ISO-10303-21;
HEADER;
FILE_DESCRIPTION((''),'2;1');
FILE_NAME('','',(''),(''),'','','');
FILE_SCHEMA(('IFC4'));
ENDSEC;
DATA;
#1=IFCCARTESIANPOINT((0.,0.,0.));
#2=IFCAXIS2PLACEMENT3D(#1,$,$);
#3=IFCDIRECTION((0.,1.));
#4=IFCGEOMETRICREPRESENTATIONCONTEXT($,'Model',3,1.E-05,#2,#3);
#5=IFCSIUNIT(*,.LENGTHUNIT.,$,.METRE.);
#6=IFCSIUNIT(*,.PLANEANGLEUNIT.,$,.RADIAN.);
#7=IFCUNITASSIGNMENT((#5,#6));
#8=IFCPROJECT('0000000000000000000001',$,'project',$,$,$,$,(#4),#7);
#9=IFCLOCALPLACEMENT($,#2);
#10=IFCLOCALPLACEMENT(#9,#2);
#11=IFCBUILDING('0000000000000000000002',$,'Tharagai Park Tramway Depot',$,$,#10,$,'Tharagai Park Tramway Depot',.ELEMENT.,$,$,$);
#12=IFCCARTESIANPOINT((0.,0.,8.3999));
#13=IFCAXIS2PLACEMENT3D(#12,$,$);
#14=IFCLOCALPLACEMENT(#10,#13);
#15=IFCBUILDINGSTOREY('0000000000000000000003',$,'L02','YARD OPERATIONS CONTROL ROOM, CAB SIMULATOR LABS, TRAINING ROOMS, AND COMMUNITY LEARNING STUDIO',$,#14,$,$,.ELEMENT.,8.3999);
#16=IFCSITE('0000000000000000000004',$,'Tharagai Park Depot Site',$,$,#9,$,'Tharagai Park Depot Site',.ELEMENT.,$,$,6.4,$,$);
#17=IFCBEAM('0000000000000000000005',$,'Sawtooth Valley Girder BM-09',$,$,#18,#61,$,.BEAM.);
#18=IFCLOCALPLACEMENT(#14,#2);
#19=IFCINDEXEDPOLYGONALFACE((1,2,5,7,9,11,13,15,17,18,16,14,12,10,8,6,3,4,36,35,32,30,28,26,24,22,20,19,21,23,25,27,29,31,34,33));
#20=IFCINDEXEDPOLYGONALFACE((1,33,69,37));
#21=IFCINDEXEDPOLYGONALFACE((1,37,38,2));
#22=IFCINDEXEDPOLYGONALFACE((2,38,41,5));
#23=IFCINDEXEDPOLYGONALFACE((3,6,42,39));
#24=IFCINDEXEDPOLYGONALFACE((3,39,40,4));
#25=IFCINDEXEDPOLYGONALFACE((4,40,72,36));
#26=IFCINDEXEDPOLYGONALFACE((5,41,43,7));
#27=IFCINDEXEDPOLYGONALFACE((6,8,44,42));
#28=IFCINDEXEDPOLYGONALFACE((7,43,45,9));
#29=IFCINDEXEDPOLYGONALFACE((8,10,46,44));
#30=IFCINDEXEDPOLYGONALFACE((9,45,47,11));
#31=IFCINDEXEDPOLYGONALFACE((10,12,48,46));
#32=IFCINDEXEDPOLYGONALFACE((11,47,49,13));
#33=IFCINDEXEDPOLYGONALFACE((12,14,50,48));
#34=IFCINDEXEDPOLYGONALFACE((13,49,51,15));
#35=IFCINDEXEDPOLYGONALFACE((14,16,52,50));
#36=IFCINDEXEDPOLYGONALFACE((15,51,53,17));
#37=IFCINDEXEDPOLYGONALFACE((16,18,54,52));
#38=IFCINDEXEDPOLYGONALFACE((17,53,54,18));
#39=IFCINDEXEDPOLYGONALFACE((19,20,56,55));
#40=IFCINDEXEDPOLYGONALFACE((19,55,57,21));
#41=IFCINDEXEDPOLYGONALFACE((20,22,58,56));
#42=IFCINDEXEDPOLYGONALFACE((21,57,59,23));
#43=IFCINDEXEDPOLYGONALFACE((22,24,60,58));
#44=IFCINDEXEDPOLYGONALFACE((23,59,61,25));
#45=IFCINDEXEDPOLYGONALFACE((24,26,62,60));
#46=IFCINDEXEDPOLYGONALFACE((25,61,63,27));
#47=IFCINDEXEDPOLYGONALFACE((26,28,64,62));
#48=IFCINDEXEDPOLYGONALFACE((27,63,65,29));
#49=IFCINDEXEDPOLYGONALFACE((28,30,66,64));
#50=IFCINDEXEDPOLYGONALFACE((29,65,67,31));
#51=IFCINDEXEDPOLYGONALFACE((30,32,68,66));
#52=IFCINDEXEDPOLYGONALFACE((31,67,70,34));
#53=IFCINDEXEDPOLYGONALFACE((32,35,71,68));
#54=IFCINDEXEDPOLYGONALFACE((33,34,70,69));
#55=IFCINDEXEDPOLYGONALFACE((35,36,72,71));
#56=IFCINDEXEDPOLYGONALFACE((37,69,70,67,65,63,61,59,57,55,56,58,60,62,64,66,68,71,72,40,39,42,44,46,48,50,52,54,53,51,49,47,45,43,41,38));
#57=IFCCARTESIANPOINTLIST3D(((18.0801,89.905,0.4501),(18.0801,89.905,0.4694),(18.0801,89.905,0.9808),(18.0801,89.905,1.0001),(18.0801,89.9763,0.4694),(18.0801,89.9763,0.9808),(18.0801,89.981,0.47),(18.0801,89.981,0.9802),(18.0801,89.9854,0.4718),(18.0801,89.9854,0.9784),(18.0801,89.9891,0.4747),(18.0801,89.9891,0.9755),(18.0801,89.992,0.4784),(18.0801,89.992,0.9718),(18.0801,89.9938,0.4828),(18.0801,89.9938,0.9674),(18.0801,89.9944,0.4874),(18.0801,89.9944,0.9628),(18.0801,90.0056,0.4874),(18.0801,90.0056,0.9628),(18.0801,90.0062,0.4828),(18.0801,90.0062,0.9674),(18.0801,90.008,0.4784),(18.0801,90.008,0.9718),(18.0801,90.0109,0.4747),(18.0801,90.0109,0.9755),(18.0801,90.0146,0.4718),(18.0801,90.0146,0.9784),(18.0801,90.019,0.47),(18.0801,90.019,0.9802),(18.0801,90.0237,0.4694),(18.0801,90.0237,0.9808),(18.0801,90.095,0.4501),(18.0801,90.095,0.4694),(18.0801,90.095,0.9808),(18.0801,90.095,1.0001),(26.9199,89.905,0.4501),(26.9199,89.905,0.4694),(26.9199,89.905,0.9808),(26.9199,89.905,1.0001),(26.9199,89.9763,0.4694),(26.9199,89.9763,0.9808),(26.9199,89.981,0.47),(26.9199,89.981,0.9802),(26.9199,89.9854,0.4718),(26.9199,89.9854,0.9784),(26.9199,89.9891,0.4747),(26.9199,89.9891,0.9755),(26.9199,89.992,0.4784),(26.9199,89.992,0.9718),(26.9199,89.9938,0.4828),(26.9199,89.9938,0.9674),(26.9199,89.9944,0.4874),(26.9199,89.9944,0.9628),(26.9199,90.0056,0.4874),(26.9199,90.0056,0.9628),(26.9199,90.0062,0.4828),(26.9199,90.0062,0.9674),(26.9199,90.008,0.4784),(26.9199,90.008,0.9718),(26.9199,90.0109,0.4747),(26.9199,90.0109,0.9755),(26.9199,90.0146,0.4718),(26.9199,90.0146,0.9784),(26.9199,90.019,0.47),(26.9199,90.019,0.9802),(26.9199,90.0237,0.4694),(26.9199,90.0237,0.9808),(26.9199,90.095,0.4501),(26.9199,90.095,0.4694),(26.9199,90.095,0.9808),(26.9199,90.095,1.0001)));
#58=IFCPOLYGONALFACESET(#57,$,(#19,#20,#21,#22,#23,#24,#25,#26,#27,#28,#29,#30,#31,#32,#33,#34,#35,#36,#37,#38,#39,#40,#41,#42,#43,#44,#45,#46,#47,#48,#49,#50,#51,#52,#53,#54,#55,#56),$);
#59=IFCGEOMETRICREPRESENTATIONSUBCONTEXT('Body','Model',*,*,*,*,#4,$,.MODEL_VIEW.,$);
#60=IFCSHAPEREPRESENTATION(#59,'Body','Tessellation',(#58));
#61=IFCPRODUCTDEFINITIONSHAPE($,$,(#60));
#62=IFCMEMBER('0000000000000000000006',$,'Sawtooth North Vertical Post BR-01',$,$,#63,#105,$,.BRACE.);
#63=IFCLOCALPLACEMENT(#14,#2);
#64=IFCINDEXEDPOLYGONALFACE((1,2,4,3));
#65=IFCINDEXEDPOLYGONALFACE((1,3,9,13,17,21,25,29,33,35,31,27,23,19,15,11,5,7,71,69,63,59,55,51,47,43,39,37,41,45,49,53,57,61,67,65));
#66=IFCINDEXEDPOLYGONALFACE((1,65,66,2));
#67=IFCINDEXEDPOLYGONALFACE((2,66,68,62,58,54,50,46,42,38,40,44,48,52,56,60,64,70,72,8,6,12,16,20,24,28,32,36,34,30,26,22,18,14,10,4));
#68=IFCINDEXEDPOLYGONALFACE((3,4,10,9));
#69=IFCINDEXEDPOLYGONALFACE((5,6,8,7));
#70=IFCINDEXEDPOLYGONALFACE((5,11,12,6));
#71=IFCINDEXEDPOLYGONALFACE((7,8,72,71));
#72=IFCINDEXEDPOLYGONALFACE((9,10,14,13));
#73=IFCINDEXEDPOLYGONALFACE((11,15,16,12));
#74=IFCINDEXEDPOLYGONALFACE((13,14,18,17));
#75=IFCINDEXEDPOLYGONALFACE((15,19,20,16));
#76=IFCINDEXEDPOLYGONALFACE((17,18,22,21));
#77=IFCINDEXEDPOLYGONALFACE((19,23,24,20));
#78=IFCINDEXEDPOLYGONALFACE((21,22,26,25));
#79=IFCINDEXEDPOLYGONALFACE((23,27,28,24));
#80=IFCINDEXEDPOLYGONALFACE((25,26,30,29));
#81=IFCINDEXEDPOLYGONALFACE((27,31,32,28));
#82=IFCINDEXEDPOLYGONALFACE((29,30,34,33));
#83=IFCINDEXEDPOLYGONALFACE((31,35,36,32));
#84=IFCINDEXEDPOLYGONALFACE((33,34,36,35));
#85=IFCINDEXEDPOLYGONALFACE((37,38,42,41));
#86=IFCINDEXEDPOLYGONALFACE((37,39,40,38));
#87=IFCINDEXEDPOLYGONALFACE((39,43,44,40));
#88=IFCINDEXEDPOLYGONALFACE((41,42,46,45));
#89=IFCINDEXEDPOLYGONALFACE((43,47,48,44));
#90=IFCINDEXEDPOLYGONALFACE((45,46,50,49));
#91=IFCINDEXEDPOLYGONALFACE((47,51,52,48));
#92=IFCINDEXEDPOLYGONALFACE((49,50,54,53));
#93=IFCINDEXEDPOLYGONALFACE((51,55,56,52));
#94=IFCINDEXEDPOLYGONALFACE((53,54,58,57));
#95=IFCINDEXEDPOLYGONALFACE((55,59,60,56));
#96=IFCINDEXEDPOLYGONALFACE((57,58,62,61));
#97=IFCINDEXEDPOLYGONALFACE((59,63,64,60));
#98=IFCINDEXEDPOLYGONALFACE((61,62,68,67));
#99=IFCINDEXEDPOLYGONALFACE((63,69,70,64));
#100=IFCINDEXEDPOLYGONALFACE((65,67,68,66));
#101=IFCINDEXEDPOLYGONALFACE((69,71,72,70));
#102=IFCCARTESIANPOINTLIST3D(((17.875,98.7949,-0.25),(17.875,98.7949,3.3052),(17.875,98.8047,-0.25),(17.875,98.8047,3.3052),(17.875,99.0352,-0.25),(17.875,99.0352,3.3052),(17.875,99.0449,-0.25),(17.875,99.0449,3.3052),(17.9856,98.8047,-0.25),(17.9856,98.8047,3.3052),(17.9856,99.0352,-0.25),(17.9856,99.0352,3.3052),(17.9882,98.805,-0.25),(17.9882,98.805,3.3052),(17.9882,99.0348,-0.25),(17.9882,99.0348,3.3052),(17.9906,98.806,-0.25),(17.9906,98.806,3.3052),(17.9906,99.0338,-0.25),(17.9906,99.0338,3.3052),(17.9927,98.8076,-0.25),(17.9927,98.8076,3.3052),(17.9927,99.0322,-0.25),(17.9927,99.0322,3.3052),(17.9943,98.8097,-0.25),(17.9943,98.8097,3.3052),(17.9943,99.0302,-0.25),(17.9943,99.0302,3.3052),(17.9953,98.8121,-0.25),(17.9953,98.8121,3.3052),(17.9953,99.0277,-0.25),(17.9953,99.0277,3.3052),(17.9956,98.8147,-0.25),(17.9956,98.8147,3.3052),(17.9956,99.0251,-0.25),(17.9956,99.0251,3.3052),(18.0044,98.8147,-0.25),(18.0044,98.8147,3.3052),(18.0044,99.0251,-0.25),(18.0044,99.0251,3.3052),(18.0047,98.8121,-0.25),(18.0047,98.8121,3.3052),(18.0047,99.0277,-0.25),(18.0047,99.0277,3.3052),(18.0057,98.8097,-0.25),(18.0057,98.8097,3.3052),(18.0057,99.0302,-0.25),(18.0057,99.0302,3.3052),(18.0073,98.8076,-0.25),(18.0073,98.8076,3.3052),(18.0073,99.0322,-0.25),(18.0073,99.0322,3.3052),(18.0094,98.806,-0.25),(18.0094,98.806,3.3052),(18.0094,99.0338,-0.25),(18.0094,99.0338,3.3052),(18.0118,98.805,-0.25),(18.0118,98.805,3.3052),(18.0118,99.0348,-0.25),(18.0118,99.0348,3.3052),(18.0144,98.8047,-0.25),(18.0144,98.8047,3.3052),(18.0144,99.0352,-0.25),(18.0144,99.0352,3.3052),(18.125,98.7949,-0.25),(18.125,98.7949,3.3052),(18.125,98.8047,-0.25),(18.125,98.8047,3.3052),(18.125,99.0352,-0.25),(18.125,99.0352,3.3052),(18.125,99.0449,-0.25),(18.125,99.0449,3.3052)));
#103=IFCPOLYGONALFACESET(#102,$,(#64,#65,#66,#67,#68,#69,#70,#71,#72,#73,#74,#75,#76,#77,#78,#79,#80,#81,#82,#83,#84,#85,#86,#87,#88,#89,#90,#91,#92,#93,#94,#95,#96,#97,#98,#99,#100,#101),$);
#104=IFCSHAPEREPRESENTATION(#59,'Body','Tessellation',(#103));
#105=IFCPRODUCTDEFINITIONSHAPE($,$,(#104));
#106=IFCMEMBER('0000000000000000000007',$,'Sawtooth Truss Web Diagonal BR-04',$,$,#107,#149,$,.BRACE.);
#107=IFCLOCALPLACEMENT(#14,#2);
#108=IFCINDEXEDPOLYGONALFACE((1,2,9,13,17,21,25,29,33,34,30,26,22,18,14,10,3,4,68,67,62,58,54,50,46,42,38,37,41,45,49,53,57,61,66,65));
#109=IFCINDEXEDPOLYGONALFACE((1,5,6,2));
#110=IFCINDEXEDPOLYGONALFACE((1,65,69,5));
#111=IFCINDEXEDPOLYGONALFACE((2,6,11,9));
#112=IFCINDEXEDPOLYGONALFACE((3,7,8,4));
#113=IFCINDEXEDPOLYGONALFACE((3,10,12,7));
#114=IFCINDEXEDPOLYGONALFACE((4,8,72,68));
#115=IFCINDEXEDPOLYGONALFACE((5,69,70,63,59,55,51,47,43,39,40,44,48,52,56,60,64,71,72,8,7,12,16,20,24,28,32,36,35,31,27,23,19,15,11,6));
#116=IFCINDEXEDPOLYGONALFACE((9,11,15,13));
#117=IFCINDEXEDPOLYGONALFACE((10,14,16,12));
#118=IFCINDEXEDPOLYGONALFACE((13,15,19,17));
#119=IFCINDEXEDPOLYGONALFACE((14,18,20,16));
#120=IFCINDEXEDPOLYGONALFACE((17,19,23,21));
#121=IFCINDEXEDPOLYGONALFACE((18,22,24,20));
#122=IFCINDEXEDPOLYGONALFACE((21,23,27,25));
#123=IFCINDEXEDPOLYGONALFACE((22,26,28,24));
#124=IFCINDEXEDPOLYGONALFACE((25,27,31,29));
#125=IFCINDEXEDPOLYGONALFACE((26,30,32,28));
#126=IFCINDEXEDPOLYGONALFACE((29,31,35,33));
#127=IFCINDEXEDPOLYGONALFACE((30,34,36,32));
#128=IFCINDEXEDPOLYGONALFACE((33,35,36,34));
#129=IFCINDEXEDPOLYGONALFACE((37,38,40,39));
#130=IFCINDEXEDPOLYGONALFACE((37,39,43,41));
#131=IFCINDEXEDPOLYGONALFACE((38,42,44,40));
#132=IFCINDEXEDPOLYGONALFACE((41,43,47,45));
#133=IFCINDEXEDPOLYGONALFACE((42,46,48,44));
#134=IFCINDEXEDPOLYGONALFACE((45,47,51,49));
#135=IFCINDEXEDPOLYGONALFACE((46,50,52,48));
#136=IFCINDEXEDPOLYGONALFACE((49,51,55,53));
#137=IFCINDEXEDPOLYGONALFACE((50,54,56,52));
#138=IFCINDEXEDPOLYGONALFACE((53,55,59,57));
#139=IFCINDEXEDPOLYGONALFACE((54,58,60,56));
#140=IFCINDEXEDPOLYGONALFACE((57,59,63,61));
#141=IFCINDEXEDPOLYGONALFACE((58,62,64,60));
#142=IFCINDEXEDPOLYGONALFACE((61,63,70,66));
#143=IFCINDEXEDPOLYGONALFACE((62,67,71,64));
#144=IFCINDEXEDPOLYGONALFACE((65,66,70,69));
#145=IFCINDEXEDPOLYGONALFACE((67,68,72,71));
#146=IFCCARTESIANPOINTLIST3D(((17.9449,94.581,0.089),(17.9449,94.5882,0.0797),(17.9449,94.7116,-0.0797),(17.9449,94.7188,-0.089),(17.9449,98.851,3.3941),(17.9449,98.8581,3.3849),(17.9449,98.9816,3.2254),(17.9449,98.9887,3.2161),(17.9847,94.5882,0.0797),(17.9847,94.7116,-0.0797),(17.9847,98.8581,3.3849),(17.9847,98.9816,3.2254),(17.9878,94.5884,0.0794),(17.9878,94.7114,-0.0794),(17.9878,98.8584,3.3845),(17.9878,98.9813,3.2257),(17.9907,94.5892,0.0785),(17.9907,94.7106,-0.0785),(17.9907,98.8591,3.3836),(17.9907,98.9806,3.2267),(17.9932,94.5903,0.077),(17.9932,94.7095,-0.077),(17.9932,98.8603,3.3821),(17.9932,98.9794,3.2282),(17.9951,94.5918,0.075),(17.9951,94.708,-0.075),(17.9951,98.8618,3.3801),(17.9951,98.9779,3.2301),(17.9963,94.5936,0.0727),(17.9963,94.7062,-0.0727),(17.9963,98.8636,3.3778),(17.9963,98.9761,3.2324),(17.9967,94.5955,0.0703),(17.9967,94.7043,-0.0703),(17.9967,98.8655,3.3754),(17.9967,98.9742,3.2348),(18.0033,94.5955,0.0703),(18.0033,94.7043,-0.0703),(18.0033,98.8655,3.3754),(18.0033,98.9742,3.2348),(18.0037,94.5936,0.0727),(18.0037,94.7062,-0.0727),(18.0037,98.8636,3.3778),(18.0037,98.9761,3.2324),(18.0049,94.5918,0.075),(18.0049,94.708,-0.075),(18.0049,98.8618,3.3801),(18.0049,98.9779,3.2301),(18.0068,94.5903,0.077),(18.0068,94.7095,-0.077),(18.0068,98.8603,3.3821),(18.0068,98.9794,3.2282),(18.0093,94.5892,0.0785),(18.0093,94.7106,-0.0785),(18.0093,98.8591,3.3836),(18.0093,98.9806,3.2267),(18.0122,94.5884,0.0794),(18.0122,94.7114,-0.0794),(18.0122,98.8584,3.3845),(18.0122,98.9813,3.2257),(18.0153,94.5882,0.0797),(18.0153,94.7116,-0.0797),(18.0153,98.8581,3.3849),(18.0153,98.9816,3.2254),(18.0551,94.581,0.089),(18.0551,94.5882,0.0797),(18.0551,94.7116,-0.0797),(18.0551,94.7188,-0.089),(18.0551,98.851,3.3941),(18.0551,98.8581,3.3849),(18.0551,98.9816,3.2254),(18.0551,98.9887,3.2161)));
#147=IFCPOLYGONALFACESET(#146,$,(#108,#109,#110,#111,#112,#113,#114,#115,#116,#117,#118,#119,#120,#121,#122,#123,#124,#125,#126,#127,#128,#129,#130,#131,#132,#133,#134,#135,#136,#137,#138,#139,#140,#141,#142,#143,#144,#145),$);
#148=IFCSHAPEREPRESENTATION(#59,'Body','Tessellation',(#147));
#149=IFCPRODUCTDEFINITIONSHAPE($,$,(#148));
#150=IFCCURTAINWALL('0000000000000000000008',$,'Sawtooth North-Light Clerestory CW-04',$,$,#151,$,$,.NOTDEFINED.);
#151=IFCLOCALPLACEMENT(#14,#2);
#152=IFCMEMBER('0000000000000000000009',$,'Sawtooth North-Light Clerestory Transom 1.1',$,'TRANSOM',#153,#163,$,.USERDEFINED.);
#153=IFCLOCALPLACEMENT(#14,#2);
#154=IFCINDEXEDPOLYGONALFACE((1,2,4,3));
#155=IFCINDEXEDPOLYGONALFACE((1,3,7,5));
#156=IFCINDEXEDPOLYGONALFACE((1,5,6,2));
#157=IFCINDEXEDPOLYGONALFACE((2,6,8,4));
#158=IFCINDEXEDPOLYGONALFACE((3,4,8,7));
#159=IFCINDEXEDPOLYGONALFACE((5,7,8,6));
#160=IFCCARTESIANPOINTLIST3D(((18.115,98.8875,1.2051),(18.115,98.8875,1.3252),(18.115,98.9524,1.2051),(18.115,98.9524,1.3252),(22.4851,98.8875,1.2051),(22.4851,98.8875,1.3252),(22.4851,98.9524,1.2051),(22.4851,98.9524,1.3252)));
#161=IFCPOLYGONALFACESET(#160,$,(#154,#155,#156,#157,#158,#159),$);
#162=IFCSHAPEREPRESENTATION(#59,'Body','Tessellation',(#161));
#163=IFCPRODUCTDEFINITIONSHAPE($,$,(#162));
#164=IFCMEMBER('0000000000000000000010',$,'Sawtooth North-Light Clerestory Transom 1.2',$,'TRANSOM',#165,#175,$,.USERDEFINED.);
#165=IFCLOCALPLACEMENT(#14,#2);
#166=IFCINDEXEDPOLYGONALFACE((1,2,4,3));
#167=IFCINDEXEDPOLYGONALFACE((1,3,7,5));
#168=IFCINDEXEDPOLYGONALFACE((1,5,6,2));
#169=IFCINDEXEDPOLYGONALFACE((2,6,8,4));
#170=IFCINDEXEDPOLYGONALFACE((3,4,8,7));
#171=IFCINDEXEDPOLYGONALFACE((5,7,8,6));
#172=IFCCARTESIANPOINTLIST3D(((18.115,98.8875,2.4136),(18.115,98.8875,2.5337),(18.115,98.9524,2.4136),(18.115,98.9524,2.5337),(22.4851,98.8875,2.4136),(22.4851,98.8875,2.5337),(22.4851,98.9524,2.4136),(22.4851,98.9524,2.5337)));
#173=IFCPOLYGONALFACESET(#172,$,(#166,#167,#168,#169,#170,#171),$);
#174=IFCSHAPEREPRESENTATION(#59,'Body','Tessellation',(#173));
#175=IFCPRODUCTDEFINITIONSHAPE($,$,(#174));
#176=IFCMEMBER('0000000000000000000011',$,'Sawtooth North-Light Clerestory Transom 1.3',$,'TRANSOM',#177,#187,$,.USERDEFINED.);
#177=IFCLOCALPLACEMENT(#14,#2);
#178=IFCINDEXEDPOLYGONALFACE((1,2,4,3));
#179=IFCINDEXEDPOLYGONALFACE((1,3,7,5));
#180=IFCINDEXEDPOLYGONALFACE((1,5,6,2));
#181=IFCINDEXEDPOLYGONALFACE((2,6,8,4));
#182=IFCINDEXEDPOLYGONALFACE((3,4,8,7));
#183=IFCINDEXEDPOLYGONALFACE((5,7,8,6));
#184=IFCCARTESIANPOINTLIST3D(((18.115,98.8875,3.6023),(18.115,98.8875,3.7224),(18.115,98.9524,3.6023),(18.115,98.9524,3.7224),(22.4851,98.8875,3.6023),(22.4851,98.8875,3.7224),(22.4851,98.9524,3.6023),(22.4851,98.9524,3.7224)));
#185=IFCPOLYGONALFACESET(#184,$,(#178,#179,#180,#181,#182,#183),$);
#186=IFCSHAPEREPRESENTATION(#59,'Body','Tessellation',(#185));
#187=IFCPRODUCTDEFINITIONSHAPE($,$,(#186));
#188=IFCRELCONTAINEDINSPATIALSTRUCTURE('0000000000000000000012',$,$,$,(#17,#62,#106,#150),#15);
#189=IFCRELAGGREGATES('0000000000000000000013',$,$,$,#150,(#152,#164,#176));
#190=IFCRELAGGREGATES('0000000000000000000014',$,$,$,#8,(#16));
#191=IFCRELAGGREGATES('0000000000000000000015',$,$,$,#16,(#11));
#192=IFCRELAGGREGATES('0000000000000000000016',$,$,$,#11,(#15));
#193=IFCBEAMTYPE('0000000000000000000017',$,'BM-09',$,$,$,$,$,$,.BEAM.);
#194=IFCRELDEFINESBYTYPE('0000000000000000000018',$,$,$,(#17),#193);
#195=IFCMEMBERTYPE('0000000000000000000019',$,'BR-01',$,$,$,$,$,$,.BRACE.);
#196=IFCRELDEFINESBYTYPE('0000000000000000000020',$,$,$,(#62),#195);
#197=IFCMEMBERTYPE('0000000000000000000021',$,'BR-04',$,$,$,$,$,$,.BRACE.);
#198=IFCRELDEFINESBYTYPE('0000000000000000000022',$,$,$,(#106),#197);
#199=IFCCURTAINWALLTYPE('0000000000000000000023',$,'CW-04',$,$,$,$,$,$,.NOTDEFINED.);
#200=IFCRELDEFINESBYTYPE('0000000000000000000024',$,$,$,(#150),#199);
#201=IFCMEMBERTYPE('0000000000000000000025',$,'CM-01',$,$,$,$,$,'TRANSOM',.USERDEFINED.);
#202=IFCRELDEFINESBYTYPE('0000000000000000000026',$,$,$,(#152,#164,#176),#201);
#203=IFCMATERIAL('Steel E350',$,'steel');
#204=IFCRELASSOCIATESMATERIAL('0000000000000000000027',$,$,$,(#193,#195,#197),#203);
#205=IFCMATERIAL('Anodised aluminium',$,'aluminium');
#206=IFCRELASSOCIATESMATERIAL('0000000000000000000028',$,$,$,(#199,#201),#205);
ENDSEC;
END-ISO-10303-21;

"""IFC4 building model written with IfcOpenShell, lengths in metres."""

from ifc_helpers import new_model, si_unit, direction, frame, origin, origin_2d, place, context, subcontext, project, spatial, rectangle, i_section, extrude, material, material_profile, profile_set, type_object, element, aggregate, save


model = new_model("IFC4")

# Units and contexts
model_context = context("Model", 3, precision=1e-05, world=origin(), true_north=direction((0.0, 1.0)))
body_context = subcontext(model_context, "Body", "Model", "MODEL_VIEW")
ifc_project = project(units=[si_unit("LENGTHUNIT", "METRE"), si_unit("PLANEANGLEUNIT", "RADIAN")], contexts=[model_context])

# Site, building, storey
site_placement = place(None, origin())
site = spatial("IfcSite", under=ifc_project, at=site_placement, Name="Tharagai Park Depot Site", LongName="Tharagai Park Depot Site", CompositionType="ELEMENT", RefElevation=6.4)
building_placement = place(site_placement, origin())
building = spatial("IfcBuilding", under=site, at=building_placement, Name="Tharagai Park Tramway Depot", LongName="Tharagai Park Tramway Depot", CompositionType="ELEMENT")
storey_placement = place(building_placement, frame((0.0, 0.0, 8.3999)))
storey = spatial("IfcBuildingStorey", under=building, at=storey_placement, Name="L02", Description="YARD OPERATIONS CONTROL ROOM, CAB SIMULATOR LABS, TRAINING ROOMS, AND COMMUNITY LEARNING STUDIO", CompositionType="ELEMENT", Elevation=8.3999)

# Shared definitions
ifc_material_1 = material(Name="Steel E350", Category="steel")

# Beam
ifc_material_profile_1 = material_profile(ifc_material_1, i_section(OverallWidth=0.1899, OverallDepth=0.55, WebThickness=0.0112, FlangeThickness=0.0193, FilletRadius=0.0181, at=origin_2d()), Name="ISMB 550")
ifc_profile_set_1 = profile_set([ifc_material_profile_1], Name="Steel E350")
beam_type_1 = type_object("IfcBeamType", Name="BM-09", PredefinedType="BEAM", material=ifc_profile_set_1)
beam_1_placement = place(storey_placement, frame((18.0801, 90.0, 0.7251), z_axis=(1.0, 0.0, 0.0), x_axis=(0.0, 1.0, 0.0)))
element("IfcBeam", 1, at=beam_1_placement, inside=storey, type_object=beam_type_1, Name="Sawtooth Valley Girder BM-09", PredefinedType="BEAM", context=body_context, shape_type="SweptSolid", body=[
    extrude(i_section(OverallWidth=0.1899, OverallDepth=0.55, WebThickness=0.0112, FlangeThickness=0.0193, FilletRadius=0.0181, at=origin_2d()), origin(), (0.0, 0.0, 1.0), 8.8398),
])

# Members
ifc_material_profile_2 = material_profile(ifc_material_1, i_section(OverallWidth=0.25, OverallDepth=0.25, WebThickness=0.0088, FlangeThickness=0.0098, FilletRadius=0.01, at=origin_2d()), Name="ISHB 250")
ifc_profile_set_2 = profile_set([ifc_material_profile_2], Name="Steel E350")
member_type_1 = type_object("IfcMemberType", Name="BR-01", PredefinedType="BRACE", material=ifc_profile_set_2)
member_1_placement = place(storey_placement, frame((18.0, 98.9199, -0.25), z_axis=(0.0, 0.0, 1.0), x_axis=(1.0, 0.0, 0.0)))
element("IfcMember", 2, at=member_1_placement, inside=storey, type_object=member_type_1, Name="Sawtooth North Vertical Post BR-01", PredefinedType="BRACE", context=body_context, shape_type="SweptSolid", body=[
    extrude(i_section(OverallWidth=0.25, OverallDepth=0.25, WebThickness=0.0088, FlangeThickness=0.0098, FilletRadius=0.01, at=origin_2d()), origin(), (0.0, 0.0, 1.0), 3.5552),
])
ifc_material_profile_3 = material_profile(ifc_material_1, i_section(OverallWidth=0.1101, OverallDepth=0.2251, WebThickness=0.0066, FlangeThickness=0.0117, FilletRadius=0.012, at=origin_2d()), Name="ISMB 225")
ifc_profile_set_3 = profile_set([ifc_material_profile_3], Name="Steel E350")
member_type_2 = type_object("IfcMemberType", Name="BR-04", PredefinedType="BRACE", material=ifc_profile_set_3)
member_2_placement = place(storey_placement, frame((18.0, 94.6499, 0.0), z_axis=(0.0, 0.790782, 0.612098), x_axis=(-1.0, 0.0, 0.0)))
element("IfcMember", 3, at=member_2_placement, inside=storey, type_object=member_type_2, Name="Sawtooth Truss Web Diagonal BR-04", PredefinedType="BRACE", context=body_context, shape_type="SweptSolid", body=[
    extrude(i_section(OverallWidth=0.1101, OverallDepth=0.2251, WebThickness=0.0066, FlangeThickness=0.0117, FilletRadius=0.012, at=origin_2d()), origin(), (0.0, 0.0, 1.0), 5.3997),
])

# Curtain wall, members
ifc_material_2 = material(Name="Anodised aluminium", Category="aluminium")
curtain_wall_type = type_object("IfcCurtainWallType", Name="CW-04", PredefinedType="NOTDEFINED", material=ifc_material_2)
curtain_wall_1_placement = place(storey_placement, origin())
curtain_wall_1 = element("IfcCurtainWall", 4, at=curtain_wall_1_placement, inside=storey, type_object=curtain_wall_type, Name="Sawtooth North-Light Clerestory CW-04", PredefinedType="NOTDEFINED")
ifc_material_profile_4 = material_profile(ifc_material_2, rectangle(XDim=0.0649, YDim=0.1201, at=origin_2d()), Name="ALU 65x120")
ifc_profile_set_4 = profile_set([ifc_material_profile_4], Name="Anodised aluminium")
member_type_3 = type_object("IfcMemberType", Name="CM-01", ElementType="TRANSOM", PredefinedType="USERDEFINED", material=ifc_profile_set_4)
member_3_placement = place(storey_placement, frame((18.115, 98.9199, 1.2651), z_axis=(1.0, 0.0, 0.0), x_axis=(0.0, 1.0, 0.0)))
member_3 = element("IfcMember", 5, at=member_3_placement, type_object=member_type_3, Name="Sawtooth North-Light Clerestory Transom 1.1", ObjectType="TRANSOM", PredefinedType="USERDEFINED", context=body_context, shape_type="SweptSolid", body=[
    extrude(rectangle(XDim=0.0649, YDim=0.1201, at=origin_2d()), origin(), (0.0, 0.0, 1.0), 4.3701),
])
member_4_placement = place(storey_placement, frame((18.115, 98.9199, 2.4736), z_axis=(1.0, 0.0, 0.0), x_axis=(0.0, 1.0, 0.0)))
member_4 = element("IfcMember", 6, at=member_4_placement, type_object=member_type_3, Name="Sawtooth North-Light Clerestory Transom 1.2", ObjectType="TRANSOM", PredefinedType="USERDEFINED", context=body_context, shape_type="SweptSolid", body=[
    extrude(rectangle(XDim=0.0649, YDim=0.1201, at=origin_2d()), origin(), (0.0, 0.0, 1.0), 4.3701),
])
member_5_placement = place(storey_placement, frame((18.115, 98.9199, 3.6624), z_axis=(1.0, 0.0, 0.0), x_axis=(0.0, 1.0, 0.0)))
member_5 = element("IfcMember", 7, at=member_5_placement, type_object=member_type_3, Name="Sawtooth North-Light Clerestory Transom 1.3", ObjectType="TRANSOM", PredefinedType="USERDEFINED", context=body_context, shape_type="SweptSolid", body=[
    extrude(rectangle(XDim=0.0649, YDim=0.1201, at=origin_2d()), origin(), (0.0, 0.0, 1.0), 4.3701),
])

aggregate(curtain_wall_1, [member_3, member_4, member_5])

save(model, "model.ifc")
